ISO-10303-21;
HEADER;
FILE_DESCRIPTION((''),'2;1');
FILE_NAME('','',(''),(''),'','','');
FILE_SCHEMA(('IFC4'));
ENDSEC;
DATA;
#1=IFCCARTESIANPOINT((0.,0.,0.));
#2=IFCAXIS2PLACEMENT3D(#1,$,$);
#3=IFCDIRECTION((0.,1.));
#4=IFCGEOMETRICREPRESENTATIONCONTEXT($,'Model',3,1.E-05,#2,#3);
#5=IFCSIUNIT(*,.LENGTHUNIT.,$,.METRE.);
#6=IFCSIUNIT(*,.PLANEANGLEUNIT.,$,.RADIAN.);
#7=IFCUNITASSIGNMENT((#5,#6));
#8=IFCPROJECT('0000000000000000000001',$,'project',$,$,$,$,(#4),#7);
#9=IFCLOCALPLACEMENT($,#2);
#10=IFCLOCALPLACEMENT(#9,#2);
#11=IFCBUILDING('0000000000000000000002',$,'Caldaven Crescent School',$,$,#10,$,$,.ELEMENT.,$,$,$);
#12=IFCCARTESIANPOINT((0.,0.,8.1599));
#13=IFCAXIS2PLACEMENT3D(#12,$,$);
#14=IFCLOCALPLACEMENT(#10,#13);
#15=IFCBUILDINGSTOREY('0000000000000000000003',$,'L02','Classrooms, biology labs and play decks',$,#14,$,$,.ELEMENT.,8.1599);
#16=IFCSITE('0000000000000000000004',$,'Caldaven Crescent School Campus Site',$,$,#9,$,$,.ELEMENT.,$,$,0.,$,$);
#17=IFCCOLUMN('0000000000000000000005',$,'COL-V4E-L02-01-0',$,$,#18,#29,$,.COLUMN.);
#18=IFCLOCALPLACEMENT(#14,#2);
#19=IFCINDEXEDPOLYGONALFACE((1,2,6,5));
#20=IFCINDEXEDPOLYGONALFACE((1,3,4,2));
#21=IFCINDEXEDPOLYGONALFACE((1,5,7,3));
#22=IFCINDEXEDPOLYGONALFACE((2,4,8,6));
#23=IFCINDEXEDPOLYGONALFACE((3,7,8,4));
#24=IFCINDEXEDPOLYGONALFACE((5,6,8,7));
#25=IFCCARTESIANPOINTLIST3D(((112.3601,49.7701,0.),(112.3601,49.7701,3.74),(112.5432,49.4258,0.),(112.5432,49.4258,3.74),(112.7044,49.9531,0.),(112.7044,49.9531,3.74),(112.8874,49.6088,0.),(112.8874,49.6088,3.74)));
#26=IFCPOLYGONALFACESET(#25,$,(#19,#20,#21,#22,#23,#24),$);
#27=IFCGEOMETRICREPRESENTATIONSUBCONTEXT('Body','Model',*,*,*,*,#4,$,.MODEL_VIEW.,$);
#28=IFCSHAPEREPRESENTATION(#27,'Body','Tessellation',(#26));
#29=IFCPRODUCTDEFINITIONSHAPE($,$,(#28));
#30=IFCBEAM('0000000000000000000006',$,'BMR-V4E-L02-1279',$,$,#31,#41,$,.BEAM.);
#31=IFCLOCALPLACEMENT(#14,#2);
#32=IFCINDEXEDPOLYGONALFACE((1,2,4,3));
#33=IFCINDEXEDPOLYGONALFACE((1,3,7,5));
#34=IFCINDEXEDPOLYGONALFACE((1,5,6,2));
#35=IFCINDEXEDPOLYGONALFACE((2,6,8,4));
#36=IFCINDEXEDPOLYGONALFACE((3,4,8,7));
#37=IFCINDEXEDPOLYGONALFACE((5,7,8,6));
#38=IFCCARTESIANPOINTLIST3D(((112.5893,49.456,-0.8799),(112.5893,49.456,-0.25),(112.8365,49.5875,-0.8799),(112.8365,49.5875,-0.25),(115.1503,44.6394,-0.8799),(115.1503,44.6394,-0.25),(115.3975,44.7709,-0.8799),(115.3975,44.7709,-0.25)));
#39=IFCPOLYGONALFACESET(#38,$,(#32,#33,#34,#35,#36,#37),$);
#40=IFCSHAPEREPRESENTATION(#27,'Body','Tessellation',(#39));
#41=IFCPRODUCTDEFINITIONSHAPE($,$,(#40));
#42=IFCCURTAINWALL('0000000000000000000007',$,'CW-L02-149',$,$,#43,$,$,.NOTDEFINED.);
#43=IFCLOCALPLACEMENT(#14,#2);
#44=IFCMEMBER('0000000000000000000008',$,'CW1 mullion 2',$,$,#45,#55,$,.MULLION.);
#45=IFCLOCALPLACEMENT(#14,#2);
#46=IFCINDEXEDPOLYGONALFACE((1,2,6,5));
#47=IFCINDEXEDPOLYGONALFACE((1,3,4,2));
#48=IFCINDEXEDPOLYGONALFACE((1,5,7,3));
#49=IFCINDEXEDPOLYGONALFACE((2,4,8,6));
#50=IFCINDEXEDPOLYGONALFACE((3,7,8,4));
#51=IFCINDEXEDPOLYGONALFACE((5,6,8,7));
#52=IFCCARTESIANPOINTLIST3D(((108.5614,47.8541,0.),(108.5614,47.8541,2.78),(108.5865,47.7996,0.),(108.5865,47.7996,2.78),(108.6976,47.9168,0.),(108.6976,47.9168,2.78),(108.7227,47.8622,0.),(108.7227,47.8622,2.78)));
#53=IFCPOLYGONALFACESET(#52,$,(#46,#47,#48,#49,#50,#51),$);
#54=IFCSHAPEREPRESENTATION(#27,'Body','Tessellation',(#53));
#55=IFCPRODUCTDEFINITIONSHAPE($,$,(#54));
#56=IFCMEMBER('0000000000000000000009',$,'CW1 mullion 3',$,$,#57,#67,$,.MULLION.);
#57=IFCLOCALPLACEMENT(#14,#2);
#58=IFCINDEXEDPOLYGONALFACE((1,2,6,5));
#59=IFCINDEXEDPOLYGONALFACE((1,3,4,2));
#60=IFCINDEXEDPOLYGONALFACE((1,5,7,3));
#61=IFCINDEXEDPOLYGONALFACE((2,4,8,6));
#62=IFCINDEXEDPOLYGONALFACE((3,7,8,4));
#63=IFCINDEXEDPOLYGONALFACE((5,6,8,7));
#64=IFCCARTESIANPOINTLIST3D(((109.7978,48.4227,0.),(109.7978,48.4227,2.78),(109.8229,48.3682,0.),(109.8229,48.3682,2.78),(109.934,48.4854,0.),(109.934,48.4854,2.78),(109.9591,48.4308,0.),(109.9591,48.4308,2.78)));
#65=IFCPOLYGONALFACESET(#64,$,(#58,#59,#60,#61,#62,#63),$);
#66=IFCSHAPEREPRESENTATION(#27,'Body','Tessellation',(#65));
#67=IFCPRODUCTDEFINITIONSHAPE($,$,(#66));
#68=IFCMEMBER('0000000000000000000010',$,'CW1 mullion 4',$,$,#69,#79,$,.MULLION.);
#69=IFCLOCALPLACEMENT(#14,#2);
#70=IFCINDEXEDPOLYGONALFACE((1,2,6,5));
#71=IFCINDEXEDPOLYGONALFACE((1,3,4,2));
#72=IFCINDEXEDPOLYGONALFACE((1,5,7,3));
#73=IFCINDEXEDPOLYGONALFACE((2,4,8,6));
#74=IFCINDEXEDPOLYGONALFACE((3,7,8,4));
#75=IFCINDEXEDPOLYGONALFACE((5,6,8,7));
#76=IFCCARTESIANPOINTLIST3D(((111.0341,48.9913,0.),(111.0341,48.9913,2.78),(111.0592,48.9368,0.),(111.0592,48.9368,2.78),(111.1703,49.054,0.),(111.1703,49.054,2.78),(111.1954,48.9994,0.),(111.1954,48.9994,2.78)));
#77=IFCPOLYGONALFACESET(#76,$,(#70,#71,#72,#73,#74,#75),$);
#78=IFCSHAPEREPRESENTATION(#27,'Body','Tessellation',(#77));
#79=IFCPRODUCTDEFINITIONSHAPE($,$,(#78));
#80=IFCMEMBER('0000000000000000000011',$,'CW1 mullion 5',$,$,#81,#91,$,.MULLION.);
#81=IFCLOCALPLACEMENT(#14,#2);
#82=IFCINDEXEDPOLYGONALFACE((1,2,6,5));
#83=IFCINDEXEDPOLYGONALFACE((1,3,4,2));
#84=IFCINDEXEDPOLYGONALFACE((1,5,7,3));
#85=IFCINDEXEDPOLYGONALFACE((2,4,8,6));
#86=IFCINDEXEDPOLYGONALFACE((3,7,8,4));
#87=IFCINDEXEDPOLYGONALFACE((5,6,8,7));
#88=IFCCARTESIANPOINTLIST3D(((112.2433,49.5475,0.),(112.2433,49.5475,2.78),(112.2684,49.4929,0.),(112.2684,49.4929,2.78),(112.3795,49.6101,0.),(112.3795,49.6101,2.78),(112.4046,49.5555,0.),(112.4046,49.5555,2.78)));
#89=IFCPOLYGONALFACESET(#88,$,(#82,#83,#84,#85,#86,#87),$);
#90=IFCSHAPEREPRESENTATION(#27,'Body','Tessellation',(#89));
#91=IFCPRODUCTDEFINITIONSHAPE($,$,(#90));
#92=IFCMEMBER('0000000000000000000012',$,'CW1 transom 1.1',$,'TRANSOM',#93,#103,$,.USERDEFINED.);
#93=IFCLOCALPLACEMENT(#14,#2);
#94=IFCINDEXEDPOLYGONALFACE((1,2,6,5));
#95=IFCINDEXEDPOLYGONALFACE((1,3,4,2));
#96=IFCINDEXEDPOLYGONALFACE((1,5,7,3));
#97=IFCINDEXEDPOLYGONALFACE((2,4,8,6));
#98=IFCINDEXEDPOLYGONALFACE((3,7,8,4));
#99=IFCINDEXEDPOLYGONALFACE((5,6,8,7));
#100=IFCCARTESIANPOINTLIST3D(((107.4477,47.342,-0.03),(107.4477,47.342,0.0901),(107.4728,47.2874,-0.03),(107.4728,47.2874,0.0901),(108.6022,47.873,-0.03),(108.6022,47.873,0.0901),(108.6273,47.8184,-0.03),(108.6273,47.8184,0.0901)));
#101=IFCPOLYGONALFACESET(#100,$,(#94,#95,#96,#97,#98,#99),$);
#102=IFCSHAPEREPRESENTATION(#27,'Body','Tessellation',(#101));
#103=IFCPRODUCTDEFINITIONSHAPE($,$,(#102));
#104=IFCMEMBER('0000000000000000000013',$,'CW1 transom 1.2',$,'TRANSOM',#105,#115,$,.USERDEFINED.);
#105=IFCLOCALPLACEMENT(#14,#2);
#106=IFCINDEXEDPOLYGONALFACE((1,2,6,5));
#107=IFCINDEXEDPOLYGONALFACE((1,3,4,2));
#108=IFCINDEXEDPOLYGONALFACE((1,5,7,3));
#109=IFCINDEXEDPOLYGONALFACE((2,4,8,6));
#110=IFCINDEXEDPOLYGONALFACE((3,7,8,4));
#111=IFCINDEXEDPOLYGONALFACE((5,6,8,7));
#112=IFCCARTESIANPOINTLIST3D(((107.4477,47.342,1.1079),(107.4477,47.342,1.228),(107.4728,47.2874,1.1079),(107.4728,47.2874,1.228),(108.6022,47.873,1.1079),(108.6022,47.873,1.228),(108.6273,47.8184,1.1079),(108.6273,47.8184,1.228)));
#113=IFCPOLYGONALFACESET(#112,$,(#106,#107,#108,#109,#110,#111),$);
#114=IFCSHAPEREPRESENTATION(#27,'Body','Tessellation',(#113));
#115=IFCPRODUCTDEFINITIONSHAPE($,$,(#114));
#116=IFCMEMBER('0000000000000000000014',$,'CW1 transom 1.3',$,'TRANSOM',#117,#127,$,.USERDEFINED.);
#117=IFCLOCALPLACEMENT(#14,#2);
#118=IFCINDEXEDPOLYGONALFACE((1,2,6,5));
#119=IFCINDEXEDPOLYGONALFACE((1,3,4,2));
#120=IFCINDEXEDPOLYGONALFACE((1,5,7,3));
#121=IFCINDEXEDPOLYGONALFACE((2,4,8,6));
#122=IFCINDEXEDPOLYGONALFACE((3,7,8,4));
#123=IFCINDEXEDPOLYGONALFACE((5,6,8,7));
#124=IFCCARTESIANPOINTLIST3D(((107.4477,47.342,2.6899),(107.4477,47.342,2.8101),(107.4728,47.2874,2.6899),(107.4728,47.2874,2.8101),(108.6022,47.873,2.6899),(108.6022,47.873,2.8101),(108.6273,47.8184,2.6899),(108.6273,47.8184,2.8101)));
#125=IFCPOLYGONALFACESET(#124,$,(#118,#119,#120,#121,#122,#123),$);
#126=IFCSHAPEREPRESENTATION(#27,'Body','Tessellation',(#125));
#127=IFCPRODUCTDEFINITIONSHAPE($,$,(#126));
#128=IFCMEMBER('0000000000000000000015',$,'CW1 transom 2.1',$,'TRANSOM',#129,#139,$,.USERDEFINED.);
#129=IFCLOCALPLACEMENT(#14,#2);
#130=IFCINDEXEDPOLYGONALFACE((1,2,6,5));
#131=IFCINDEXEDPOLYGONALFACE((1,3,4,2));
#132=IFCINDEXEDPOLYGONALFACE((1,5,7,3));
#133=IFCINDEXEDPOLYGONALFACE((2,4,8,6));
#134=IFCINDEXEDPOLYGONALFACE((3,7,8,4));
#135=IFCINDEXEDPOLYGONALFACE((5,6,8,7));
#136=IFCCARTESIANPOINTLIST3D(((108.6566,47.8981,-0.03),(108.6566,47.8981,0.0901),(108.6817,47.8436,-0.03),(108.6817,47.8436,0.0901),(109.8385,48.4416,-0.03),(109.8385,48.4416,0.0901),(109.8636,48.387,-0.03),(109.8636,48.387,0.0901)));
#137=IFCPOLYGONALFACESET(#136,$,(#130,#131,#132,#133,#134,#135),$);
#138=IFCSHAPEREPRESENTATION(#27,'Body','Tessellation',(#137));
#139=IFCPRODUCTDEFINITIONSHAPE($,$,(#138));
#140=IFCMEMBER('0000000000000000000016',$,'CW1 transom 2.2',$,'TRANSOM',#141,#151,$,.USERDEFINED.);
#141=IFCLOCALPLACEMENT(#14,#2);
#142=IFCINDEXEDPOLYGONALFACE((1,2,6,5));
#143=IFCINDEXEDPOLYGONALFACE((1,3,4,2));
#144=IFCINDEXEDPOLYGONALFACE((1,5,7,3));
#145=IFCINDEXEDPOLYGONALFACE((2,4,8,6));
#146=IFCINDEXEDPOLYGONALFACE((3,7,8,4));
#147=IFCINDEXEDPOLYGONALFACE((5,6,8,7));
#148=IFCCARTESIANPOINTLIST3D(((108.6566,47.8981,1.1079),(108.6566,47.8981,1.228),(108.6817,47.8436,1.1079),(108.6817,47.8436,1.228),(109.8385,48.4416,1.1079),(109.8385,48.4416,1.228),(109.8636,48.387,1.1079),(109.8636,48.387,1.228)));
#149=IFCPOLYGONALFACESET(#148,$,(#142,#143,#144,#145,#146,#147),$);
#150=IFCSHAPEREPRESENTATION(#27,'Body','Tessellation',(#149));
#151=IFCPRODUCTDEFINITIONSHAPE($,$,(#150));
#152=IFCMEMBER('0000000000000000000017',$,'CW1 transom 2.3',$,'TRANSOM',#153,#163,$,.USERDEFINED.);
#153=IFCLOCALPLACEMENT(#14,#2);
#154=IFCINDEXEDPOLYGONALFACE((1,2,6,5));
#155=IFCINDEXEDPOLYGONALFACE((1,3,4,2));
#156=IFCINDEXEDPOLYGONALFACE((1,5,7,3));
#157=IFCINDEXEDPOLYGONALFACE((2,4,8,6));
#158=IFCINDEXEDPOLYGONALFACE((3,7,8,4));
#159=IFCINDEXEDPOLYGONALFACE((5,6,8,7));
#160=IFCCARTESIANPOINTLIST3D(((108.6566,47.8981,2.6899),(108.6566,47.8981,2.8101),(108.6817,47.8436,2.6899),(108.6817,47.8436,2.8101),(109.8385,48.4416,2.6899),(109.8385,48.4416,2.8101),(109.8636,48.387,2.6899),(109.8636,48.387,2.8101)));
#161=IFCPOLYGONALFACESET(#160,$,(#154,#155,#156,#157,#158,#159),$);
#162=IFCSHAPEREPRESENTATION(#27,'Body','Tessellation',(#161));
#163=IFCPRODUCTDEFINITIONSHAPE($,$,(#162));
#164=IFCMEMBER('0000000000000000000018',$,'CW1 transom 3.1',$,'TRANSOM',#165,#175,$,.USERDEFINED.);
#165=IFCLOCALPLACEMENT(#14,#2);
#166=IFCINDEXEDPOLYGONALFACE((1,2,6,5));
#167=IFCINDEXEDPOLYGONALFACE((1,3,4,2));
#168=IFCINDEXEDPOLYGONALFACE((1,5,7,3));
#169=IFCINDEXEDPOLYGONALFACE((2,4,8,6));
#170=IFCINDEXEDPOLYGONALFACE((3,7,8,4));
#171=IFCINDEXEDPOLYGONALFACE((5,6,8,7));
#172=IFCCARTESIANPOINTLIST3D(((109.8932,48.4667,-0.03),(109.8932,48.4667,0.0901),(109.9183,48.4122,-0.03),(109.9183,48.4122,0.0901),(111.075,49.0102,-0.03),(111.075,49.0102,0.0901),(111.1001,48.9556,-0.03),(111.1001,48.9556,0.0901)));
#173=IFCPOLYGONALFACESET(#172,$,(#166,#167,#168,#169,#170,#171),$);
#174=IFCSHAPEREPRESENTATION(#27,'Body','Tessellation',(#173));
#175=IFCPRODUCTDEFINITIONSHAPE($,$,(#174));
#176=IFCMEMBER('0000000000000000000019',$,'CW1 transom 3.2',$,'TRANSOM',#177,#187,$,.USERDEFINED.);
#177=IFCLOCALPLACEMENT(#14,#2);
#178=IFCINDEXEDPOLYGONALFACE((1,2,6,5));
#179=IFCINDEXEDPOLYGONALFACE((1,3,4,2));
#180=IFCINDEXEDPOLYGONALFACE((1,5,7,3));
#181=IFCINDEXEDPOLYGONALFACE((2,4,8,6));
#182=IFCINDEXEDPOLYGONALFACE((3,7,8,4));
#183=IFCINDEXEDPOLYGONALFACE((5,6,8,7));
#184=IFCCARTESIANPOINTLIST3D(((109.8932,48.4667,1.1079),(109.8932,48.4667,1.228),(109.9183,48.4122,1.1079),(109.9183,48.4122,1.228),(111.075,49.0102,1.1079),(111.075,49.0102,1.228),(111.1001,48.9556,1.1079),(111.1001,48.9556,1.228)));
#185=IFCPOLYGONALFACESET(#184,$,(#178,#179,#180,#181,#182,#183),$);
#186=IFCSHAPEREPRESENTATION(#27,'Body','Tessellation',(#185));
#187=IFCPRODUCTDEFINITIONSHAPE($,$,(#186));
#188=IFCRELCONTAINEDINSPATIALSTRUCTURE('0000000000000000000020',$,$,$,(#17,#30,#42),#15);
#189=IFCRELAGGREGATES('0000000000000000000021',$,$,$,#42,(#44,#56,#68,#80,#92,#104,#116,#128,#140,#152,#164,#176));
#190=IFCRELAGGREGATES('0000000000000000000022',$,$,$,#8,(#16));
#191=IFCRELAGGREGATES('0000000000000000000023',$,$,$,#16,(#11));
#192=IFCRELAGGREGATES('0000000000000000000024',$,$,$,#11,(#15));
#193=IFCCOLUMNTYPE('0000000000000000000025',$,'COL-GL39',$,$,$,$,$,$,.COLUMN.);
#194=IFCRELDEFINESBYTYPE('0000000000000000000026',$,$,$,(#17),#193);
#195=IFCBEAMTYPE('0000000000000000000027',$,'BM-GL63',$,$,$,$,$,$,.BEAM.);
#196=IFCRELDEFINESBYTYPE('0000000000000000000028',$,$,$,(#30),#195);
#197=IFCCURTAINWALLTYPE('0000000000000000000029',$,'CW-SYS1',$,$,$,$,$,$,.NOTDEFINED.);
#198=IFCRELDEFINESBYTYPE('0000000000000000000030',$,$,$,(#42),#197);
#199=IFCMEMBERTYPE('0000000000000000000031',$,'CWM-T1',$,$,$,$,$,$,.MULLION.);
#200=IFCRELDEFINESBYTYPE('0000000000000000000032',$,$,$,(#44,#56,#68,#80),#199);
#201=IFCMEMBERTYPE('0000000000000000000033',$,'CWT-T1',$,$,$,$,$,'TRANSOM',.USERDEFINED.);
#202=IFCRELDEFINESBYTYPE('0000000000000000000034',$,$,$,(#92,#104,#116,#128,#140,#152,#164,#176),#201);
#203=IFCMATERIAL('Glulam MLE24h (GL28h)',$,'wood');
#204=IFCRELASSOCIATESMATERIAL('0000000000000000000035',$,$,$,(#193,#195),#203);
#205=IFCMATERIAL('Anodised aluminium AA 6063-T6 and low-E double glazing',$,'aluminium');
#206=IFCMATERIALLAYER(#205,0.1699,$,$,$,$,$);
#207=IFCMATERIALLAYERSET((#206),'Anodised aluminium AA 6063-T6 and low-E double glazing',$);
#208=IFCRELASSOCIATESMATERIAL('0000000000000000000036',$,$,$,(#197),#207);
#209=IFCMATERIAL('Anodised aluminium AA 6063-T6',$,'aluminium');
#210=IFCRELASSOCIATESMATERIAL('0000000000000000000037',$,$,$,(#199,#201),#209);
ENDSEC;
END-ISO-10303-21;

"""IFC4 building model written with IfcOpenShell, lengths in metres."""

from ifc_helpers import new_model, si_unit, direction, frame, origin, origin_2d, place, context, subcontext, project, spatial, rectangle, extrude, material, layer, layer_set, material_profile, profile_set, type_object, element, aggregate, save


model = new_model("IFC4")

# Units and contexts
model_context = context("Model", 3, precision=1e-05, world=origin(), true_north=direction((0.0, 1.0)))
body_context = subcontext(model_context, "Body", "Model", "MODEL_VIEW")
ifc_project = project(units=[si_unit("LENGTHUNIT", "METRE"), si_unit("PLANEANGLEUNIT", "RADIAN")], contexts=[model_context])

# Site, building, storey
site_placement = place(None, origin())
site = spatial("IfcSite", under=ifc_project, at=site_placement, Name="Caldaven Crescent School Campus Site", CompositionType="ELEMENT", RefElevation=0.0)
building_placement = place(site_placement, origin())
building = spatial("IfcBuilding", under=site, at=building_placement, Name="Caldaven Crescent School", CompositionType="ELEMENT")
storey_placement = place(building_placement, frame((0.0, 0.0, 8.1599)))
storey = spatial("IfcBuildingStorey", under=building, at=storey_placement, Name="L02", Description="Classrooms, biology labs and play decks", CompositionType="ELEMENT", Elevation=8.1599)

# Column
ifc_material_1 = material(Name="Glulam MLE24h (GL28h)", Category="wood")
ifc_material_profile_1 = material_profile(ifc_material_1, rectangle(XDim=0.3899, YDim=0.3899, at=origin_2d()), Name="MLE 390x390")
ifc_profile_set_1 = profile_set([ifc_material_profile_1], Name="Glulam MLE24h (GL28h)")
column_type = type_object("IfcColumnType", Name="COL-GL39", PredefinedType="COLUMN", material=ifc_profile_set_1)
column_placement = place(storey_placement, frame((112.6238, 49.6895, 0.0), z_axis=(0.0, 0.0, 1.0), x_axis=(0.469472, -0.882948, 0.0)))
element("IfcColumn", 1, at=column_placement, inside=storey, type_object=column_type, Name="COL-V4E-L02-01-0", PredefinedType="COLUMN", context=body_context, shape_type="SweptSolid", body=[
    extrude(rectangle(XDim=0.3899, YDim=0.3899, at=origin_2d()), origin(), (0.0, 0.0, 1.0), 3.74),
])

# Beam
ifc_material_profile_2 = material_profile(ifc_material_1, rectangle(XDim=0.28, YDim=0.6299, at=origin_2d()), Name="MLE 280x630")
ifc_profile_set_2 = profile_set([ifc_material_profile_2], Name="Glulam MLE24h (GL28h)")
beam_type_1 = type_object("IfcBeamType", Name="BM-GL63", PredefinedType="BEAM", material=ifc_profile_set_2)
beam_1_placement = place(storey_placement, frame((112.7129, 49.5217, -0.5649), z_axis=(0.469468, -0.882949, 0.0), x_axis=(0.882949, 0.469468, 0.0)))
element("IfcBeam", 2, at=beam_1_placement, inside=storey, type_object=beam_type_1, Name="BMR-V4E-L02-1279", PredefinedType="BEAM", context=body_context, shape_type="SweptSolid", body=[
    extrude(rectangle(XDim=0.28, YDim=0.6299, at=origin_2d()), origin(), (0.0, 0.0, 1.0), 5.4551),
])

# Curtain wall, members
ifc_material_2 = material(Name="Anodised aluminium AA 6063-T6 and low-E double glazing", Category="aluminium")
ifc_layer_1 = layer(ifc_material_2, 0.1699)
ifc_layer_set_1 = layer_set([ifc_layer_1], Name="Anodised aluminium AA 6063-T6 and low-E double glazing")
curtain_wall_type = type_object("IfcCurtainWallType", Name="CW-SYS1", PredefinedType="NOTDEFINED", material=ifc_layer_set_1)
curtain_wall_placement = place(storey_placement, origin())
curtain_wall = element("IfcCurtainWall", 3, at=curtain_wall_placement, inside=storey, type_object=curtain_wall_type, Name="CW-L02-149", PredefinedType="NOTDEFINED")
ifc_material_3 = material(Name="Anodised aluminium AA 6063-T6", Category="aluminium")
ifc_material_profile_3 = material_profile(ifc_material_3, rectangle(XDim=0.0601, YDim=0.1499, at=origin_2d()), Name="CWM 60x150")
ifc_profile_set_3 = profile_set([ifc_material_profile_3], Name="Anodised aluminium AA 6063-T6")
member_type_1 = type_object("IfcMemberType", Name="CWM-T1", PredefinedType="MULLION", material=ifc_profile_set_3)
member_1_placement = place(storey_placement, frame((108.6421, 47.8582, 0.0), z_axis=(0.0, 0.0, 1.0), x_axis=(-0.417824, 0.908528, 0.0)))
member_1 = element("IfcMember", 4, at=member_1_placement, type_object=member_type_1, Name="CW1 mullion 2", PredefinedType="MULLION", context=body_context, shape_type="SweptSolid", body=[
    extrude(rectangle(XDim=0.0601, YDim=0.1499, at=origin_2d()), origin(), (0.0, 0.0, 1.0), 2.78),
])
member_2_placement = place(storey_placement, frame((109.8784, 48.4268, 0.0), z_axis=(0.0, 0.0, 1.0), x_axis=(-0.417824, 0.908528, 0.0)))
member_2 = element("IfcMember", 5, at=member_2_placement, type_object=member_type_1, Name="CW1 mullion 3", PredefinedType="MULLION", context=body_context, shape_type="SweptSolid", body=[
    extrude(rectangle(XDim=0.0601, YDim=0.1499, at=origin_2d()), origin(), (0.0, 0.0, 1.0), 2.78),
])
member_3_placement = place(storey_placement, frame((111.1147, 48.9954, 0.0), z_axis=(0.0, 0.0, 1.0), x_axis=(-0.417824, 0.908528, 0.0)))
member_3 = element("IfcMember", 6, at=member_3_placement, type_object=member_type_1, Name="CW1 mullion 4", PredefinedType="MULLION", context=body_context, shape_type="SweptSolid", body=[
    extrude(rectangle(XDim=0.0601, YDim=0.1499, at=origin_2d()), origin(), (0.0, 0.0, 1.0), 2.78),
])
member_4_placement = place(storey_placement, frame((112.324, 49.5515, 0.0), z_axis=(0.0, 0.0, 1.0), x_axis=(-0.417824, 0.908528, 0.0)))
member_4 = element("IfcMember", 7, at=member_4_placement, type_object=member_type_1, Name="CW1 mullion 5", PredefinedType="MULLION", context=body_context, shape_type="SweptSolid", body=[
    extrude(rectangle(XDim=0.0601, YDim=0.1499, at=origin_2d()), origin(), (0.0, 0.0, 1.0), 2.78),
])
ifc_material_profile_4 = material_profile(ifc_material_3, rectangle(XDim=0.0601, YDim=0.1201, at=origin_2d()), Name="CWT 60x120")
ifc_profile_set_4 = profile_set([ifc_material_profile_4], Name="Anodised aluminium AA 6063-T6")
member_type_2 = type_object("IfcMemberType", Name="CWT-T1", ElementType="TRANSOM", PredefinedType="USERDEFINED", material=ifc_profile_set_4)
member_5_placement = place(storey_placement, frame((107.4602, 47.3147, 0.03), z_axis=(0.908515, 0.417852, 0.0), x_axis=(-0.417852, 0.908515, 0.0)))
member_5 = element("IfcMember", 8, at=member_5_placement, type_object=member_type_2, Name="CW1 transom 1.1", ObjectType="TRANSOM", PredefinedType="USERDEFINED", context=body_context, shape_type="SweptSolid", body=[
    extrude(rectangle(XDim=0.0601, YDim=0.1201, at=origin_2d()), origin(), (0.0, 0.0, 1.0), 1.2708),
])
member_6_placement = place(storey_placement, frame((107.4602, 47.3147, 1.168), z_axis=(0.908515, 0.417852, 0.0), x_axis=(-0.417852, 0.908515, 0.0)))
member_6 = element("IfcMember", 9, at=member_6_placement, type_object=member_type_2, Name="CW1 transom 1.2", ObjectType="TRANSOM", PredefinedType="USERDEFINED", context=body_context, shape_type="SweptSolid", body=[
    extrude(rectangle(XDim=0.0601, YDim=0.1201, at=origin_2d()), origin(), (0.0, 0.0, 1.0), 1.2708),
])
member_7_placement = place(storey_placement, frame((107.4602, 47.3147, 2.75), z_axis=(0.908515, 0.417852, 0.0), x_axis=(-0.417852, 0.908515, 0.0)))
member_7 = element("IfcMember", 10, at=member_7_placement, type_object=member_type_2, Name="CW1 transom 1.3", ObjectType="TRANSOM", PredefinedType="USERDEFINED", context=body_context, shape_type="SweptSolid", body=[
    extrude(rectangle(XDim=0.0601, YDim=0.1201, at=origin_2d()), origin(), (0.0, 0.0, 1.0), 1.2708),
])
member_8_placement = place(storey_placement, frame((108.6692, 47.8708, 0.03), z_axis=(0.908552, 0.417772, 0.0), x_axis=(-0.417772, 0.908552, 0.0)))
member_8 = element("IfcMember", 11, at=member_8_placement, type_object=member_type_2, Name="CW1 transom 2.1", ObjectType="TRANSOM", PredefinedType="USERDEFINED", context=body_context, shape_type="SweptSolid", body=[
    extrude(rectangle(XDim=0.0601, YDim=0.1201, at=origin_2d()), origin(), (0.0, 0.0, 1.0), 1.3008),
])
member_9_placement = place(storey_placement, frame((108.6692, 47.8708, 1.168), z_axis=(0.908552, 0.417772, 0.0), x_axis=(-0.417772, 0.908552, 0.0)))
member_9 = element("IfcMember", 12, at=member_9_placement, type_object=member_type_2, Name="CW1 transom 2.2", ObjectType="TRANSOM", PredefinedType="USERDEFINED", context=body_context, shape_type="SweptSolid", body=[
    extrude(rectangle(XDim=0.0601, YDim=0.1201, at=origin_2d()), origin(), (0.0, 0.0, 1.0), 1.3008),
])
member_10_placement = place(storey_placement, frame((108.6692, 47.8708, 2.75), z_axis=(0.908552, 0.417772, 0.0), x_axis=(-0.417772, 0.908552, 0.0)))
member_10 = element("IfcMember", 13, at=member_10_placement, type_object=member_type_2, Name="CW1 transom 2.3", ObjectType="TRANSOM", PredefinedType="USERDEFINED", context=body_context, shape_type="SweptSolid", body=[
    extrude(rectangle(XDim=0.0601, YDim=0.1201, at=origin_2d()), origin(), (0.0, 0.0, 1.0), 1.3008),
])
member_11_placement = place(storey_placement, frame((109.9058, 48.4395, 0.03), z_axis=(0.908552, 0.417772, 0.0), x_axis=(-0.417772, 0.908552, 0.0)))
member_11 = element("IfcMember", 14, at=member_11_placement, type_object=member_type_2, Name="CW1 transom 3.1", ObjectType="TRANSOM", PredefinedType="USERDEFINED", context=body_context, shape_type="SweptSolid", body=[
    extrude(rectangle(XDim=0.0601, YDim=0.1201, at=origin_2d()), origin(), (0.0, 0.0, 1.0), 1.3008),
])
member_12_placement = place(storey_placement, frame((109.9058, 48.4395, 1.168), z_axis=(0.908552, 0.417772, 0.0), x_axis=(-0.417772, 0.908552, 0.0)))
member_12 = element("IfcMember", 15, at=member_12_placement, type_object=member_type_2, Name="CW1 transom 3.2", ObjectType="TRANSOM", PredefinedType="USERDEFINED", context=body_context, shape_type="SweptSolid", body=[
    extrude(rectangle(XDim=0.0601, YDim=0.1201, at=origin_2d()), origin(), (0.0, 0.0, 1.0), 1.3008),
])

aggregate(curtain_wall, [member_1, member_2, member_3, member_4, member_5, member_6, member_7, member_8, member_9, member_10, member_11, member_12])

save(model, "model.ifc")
